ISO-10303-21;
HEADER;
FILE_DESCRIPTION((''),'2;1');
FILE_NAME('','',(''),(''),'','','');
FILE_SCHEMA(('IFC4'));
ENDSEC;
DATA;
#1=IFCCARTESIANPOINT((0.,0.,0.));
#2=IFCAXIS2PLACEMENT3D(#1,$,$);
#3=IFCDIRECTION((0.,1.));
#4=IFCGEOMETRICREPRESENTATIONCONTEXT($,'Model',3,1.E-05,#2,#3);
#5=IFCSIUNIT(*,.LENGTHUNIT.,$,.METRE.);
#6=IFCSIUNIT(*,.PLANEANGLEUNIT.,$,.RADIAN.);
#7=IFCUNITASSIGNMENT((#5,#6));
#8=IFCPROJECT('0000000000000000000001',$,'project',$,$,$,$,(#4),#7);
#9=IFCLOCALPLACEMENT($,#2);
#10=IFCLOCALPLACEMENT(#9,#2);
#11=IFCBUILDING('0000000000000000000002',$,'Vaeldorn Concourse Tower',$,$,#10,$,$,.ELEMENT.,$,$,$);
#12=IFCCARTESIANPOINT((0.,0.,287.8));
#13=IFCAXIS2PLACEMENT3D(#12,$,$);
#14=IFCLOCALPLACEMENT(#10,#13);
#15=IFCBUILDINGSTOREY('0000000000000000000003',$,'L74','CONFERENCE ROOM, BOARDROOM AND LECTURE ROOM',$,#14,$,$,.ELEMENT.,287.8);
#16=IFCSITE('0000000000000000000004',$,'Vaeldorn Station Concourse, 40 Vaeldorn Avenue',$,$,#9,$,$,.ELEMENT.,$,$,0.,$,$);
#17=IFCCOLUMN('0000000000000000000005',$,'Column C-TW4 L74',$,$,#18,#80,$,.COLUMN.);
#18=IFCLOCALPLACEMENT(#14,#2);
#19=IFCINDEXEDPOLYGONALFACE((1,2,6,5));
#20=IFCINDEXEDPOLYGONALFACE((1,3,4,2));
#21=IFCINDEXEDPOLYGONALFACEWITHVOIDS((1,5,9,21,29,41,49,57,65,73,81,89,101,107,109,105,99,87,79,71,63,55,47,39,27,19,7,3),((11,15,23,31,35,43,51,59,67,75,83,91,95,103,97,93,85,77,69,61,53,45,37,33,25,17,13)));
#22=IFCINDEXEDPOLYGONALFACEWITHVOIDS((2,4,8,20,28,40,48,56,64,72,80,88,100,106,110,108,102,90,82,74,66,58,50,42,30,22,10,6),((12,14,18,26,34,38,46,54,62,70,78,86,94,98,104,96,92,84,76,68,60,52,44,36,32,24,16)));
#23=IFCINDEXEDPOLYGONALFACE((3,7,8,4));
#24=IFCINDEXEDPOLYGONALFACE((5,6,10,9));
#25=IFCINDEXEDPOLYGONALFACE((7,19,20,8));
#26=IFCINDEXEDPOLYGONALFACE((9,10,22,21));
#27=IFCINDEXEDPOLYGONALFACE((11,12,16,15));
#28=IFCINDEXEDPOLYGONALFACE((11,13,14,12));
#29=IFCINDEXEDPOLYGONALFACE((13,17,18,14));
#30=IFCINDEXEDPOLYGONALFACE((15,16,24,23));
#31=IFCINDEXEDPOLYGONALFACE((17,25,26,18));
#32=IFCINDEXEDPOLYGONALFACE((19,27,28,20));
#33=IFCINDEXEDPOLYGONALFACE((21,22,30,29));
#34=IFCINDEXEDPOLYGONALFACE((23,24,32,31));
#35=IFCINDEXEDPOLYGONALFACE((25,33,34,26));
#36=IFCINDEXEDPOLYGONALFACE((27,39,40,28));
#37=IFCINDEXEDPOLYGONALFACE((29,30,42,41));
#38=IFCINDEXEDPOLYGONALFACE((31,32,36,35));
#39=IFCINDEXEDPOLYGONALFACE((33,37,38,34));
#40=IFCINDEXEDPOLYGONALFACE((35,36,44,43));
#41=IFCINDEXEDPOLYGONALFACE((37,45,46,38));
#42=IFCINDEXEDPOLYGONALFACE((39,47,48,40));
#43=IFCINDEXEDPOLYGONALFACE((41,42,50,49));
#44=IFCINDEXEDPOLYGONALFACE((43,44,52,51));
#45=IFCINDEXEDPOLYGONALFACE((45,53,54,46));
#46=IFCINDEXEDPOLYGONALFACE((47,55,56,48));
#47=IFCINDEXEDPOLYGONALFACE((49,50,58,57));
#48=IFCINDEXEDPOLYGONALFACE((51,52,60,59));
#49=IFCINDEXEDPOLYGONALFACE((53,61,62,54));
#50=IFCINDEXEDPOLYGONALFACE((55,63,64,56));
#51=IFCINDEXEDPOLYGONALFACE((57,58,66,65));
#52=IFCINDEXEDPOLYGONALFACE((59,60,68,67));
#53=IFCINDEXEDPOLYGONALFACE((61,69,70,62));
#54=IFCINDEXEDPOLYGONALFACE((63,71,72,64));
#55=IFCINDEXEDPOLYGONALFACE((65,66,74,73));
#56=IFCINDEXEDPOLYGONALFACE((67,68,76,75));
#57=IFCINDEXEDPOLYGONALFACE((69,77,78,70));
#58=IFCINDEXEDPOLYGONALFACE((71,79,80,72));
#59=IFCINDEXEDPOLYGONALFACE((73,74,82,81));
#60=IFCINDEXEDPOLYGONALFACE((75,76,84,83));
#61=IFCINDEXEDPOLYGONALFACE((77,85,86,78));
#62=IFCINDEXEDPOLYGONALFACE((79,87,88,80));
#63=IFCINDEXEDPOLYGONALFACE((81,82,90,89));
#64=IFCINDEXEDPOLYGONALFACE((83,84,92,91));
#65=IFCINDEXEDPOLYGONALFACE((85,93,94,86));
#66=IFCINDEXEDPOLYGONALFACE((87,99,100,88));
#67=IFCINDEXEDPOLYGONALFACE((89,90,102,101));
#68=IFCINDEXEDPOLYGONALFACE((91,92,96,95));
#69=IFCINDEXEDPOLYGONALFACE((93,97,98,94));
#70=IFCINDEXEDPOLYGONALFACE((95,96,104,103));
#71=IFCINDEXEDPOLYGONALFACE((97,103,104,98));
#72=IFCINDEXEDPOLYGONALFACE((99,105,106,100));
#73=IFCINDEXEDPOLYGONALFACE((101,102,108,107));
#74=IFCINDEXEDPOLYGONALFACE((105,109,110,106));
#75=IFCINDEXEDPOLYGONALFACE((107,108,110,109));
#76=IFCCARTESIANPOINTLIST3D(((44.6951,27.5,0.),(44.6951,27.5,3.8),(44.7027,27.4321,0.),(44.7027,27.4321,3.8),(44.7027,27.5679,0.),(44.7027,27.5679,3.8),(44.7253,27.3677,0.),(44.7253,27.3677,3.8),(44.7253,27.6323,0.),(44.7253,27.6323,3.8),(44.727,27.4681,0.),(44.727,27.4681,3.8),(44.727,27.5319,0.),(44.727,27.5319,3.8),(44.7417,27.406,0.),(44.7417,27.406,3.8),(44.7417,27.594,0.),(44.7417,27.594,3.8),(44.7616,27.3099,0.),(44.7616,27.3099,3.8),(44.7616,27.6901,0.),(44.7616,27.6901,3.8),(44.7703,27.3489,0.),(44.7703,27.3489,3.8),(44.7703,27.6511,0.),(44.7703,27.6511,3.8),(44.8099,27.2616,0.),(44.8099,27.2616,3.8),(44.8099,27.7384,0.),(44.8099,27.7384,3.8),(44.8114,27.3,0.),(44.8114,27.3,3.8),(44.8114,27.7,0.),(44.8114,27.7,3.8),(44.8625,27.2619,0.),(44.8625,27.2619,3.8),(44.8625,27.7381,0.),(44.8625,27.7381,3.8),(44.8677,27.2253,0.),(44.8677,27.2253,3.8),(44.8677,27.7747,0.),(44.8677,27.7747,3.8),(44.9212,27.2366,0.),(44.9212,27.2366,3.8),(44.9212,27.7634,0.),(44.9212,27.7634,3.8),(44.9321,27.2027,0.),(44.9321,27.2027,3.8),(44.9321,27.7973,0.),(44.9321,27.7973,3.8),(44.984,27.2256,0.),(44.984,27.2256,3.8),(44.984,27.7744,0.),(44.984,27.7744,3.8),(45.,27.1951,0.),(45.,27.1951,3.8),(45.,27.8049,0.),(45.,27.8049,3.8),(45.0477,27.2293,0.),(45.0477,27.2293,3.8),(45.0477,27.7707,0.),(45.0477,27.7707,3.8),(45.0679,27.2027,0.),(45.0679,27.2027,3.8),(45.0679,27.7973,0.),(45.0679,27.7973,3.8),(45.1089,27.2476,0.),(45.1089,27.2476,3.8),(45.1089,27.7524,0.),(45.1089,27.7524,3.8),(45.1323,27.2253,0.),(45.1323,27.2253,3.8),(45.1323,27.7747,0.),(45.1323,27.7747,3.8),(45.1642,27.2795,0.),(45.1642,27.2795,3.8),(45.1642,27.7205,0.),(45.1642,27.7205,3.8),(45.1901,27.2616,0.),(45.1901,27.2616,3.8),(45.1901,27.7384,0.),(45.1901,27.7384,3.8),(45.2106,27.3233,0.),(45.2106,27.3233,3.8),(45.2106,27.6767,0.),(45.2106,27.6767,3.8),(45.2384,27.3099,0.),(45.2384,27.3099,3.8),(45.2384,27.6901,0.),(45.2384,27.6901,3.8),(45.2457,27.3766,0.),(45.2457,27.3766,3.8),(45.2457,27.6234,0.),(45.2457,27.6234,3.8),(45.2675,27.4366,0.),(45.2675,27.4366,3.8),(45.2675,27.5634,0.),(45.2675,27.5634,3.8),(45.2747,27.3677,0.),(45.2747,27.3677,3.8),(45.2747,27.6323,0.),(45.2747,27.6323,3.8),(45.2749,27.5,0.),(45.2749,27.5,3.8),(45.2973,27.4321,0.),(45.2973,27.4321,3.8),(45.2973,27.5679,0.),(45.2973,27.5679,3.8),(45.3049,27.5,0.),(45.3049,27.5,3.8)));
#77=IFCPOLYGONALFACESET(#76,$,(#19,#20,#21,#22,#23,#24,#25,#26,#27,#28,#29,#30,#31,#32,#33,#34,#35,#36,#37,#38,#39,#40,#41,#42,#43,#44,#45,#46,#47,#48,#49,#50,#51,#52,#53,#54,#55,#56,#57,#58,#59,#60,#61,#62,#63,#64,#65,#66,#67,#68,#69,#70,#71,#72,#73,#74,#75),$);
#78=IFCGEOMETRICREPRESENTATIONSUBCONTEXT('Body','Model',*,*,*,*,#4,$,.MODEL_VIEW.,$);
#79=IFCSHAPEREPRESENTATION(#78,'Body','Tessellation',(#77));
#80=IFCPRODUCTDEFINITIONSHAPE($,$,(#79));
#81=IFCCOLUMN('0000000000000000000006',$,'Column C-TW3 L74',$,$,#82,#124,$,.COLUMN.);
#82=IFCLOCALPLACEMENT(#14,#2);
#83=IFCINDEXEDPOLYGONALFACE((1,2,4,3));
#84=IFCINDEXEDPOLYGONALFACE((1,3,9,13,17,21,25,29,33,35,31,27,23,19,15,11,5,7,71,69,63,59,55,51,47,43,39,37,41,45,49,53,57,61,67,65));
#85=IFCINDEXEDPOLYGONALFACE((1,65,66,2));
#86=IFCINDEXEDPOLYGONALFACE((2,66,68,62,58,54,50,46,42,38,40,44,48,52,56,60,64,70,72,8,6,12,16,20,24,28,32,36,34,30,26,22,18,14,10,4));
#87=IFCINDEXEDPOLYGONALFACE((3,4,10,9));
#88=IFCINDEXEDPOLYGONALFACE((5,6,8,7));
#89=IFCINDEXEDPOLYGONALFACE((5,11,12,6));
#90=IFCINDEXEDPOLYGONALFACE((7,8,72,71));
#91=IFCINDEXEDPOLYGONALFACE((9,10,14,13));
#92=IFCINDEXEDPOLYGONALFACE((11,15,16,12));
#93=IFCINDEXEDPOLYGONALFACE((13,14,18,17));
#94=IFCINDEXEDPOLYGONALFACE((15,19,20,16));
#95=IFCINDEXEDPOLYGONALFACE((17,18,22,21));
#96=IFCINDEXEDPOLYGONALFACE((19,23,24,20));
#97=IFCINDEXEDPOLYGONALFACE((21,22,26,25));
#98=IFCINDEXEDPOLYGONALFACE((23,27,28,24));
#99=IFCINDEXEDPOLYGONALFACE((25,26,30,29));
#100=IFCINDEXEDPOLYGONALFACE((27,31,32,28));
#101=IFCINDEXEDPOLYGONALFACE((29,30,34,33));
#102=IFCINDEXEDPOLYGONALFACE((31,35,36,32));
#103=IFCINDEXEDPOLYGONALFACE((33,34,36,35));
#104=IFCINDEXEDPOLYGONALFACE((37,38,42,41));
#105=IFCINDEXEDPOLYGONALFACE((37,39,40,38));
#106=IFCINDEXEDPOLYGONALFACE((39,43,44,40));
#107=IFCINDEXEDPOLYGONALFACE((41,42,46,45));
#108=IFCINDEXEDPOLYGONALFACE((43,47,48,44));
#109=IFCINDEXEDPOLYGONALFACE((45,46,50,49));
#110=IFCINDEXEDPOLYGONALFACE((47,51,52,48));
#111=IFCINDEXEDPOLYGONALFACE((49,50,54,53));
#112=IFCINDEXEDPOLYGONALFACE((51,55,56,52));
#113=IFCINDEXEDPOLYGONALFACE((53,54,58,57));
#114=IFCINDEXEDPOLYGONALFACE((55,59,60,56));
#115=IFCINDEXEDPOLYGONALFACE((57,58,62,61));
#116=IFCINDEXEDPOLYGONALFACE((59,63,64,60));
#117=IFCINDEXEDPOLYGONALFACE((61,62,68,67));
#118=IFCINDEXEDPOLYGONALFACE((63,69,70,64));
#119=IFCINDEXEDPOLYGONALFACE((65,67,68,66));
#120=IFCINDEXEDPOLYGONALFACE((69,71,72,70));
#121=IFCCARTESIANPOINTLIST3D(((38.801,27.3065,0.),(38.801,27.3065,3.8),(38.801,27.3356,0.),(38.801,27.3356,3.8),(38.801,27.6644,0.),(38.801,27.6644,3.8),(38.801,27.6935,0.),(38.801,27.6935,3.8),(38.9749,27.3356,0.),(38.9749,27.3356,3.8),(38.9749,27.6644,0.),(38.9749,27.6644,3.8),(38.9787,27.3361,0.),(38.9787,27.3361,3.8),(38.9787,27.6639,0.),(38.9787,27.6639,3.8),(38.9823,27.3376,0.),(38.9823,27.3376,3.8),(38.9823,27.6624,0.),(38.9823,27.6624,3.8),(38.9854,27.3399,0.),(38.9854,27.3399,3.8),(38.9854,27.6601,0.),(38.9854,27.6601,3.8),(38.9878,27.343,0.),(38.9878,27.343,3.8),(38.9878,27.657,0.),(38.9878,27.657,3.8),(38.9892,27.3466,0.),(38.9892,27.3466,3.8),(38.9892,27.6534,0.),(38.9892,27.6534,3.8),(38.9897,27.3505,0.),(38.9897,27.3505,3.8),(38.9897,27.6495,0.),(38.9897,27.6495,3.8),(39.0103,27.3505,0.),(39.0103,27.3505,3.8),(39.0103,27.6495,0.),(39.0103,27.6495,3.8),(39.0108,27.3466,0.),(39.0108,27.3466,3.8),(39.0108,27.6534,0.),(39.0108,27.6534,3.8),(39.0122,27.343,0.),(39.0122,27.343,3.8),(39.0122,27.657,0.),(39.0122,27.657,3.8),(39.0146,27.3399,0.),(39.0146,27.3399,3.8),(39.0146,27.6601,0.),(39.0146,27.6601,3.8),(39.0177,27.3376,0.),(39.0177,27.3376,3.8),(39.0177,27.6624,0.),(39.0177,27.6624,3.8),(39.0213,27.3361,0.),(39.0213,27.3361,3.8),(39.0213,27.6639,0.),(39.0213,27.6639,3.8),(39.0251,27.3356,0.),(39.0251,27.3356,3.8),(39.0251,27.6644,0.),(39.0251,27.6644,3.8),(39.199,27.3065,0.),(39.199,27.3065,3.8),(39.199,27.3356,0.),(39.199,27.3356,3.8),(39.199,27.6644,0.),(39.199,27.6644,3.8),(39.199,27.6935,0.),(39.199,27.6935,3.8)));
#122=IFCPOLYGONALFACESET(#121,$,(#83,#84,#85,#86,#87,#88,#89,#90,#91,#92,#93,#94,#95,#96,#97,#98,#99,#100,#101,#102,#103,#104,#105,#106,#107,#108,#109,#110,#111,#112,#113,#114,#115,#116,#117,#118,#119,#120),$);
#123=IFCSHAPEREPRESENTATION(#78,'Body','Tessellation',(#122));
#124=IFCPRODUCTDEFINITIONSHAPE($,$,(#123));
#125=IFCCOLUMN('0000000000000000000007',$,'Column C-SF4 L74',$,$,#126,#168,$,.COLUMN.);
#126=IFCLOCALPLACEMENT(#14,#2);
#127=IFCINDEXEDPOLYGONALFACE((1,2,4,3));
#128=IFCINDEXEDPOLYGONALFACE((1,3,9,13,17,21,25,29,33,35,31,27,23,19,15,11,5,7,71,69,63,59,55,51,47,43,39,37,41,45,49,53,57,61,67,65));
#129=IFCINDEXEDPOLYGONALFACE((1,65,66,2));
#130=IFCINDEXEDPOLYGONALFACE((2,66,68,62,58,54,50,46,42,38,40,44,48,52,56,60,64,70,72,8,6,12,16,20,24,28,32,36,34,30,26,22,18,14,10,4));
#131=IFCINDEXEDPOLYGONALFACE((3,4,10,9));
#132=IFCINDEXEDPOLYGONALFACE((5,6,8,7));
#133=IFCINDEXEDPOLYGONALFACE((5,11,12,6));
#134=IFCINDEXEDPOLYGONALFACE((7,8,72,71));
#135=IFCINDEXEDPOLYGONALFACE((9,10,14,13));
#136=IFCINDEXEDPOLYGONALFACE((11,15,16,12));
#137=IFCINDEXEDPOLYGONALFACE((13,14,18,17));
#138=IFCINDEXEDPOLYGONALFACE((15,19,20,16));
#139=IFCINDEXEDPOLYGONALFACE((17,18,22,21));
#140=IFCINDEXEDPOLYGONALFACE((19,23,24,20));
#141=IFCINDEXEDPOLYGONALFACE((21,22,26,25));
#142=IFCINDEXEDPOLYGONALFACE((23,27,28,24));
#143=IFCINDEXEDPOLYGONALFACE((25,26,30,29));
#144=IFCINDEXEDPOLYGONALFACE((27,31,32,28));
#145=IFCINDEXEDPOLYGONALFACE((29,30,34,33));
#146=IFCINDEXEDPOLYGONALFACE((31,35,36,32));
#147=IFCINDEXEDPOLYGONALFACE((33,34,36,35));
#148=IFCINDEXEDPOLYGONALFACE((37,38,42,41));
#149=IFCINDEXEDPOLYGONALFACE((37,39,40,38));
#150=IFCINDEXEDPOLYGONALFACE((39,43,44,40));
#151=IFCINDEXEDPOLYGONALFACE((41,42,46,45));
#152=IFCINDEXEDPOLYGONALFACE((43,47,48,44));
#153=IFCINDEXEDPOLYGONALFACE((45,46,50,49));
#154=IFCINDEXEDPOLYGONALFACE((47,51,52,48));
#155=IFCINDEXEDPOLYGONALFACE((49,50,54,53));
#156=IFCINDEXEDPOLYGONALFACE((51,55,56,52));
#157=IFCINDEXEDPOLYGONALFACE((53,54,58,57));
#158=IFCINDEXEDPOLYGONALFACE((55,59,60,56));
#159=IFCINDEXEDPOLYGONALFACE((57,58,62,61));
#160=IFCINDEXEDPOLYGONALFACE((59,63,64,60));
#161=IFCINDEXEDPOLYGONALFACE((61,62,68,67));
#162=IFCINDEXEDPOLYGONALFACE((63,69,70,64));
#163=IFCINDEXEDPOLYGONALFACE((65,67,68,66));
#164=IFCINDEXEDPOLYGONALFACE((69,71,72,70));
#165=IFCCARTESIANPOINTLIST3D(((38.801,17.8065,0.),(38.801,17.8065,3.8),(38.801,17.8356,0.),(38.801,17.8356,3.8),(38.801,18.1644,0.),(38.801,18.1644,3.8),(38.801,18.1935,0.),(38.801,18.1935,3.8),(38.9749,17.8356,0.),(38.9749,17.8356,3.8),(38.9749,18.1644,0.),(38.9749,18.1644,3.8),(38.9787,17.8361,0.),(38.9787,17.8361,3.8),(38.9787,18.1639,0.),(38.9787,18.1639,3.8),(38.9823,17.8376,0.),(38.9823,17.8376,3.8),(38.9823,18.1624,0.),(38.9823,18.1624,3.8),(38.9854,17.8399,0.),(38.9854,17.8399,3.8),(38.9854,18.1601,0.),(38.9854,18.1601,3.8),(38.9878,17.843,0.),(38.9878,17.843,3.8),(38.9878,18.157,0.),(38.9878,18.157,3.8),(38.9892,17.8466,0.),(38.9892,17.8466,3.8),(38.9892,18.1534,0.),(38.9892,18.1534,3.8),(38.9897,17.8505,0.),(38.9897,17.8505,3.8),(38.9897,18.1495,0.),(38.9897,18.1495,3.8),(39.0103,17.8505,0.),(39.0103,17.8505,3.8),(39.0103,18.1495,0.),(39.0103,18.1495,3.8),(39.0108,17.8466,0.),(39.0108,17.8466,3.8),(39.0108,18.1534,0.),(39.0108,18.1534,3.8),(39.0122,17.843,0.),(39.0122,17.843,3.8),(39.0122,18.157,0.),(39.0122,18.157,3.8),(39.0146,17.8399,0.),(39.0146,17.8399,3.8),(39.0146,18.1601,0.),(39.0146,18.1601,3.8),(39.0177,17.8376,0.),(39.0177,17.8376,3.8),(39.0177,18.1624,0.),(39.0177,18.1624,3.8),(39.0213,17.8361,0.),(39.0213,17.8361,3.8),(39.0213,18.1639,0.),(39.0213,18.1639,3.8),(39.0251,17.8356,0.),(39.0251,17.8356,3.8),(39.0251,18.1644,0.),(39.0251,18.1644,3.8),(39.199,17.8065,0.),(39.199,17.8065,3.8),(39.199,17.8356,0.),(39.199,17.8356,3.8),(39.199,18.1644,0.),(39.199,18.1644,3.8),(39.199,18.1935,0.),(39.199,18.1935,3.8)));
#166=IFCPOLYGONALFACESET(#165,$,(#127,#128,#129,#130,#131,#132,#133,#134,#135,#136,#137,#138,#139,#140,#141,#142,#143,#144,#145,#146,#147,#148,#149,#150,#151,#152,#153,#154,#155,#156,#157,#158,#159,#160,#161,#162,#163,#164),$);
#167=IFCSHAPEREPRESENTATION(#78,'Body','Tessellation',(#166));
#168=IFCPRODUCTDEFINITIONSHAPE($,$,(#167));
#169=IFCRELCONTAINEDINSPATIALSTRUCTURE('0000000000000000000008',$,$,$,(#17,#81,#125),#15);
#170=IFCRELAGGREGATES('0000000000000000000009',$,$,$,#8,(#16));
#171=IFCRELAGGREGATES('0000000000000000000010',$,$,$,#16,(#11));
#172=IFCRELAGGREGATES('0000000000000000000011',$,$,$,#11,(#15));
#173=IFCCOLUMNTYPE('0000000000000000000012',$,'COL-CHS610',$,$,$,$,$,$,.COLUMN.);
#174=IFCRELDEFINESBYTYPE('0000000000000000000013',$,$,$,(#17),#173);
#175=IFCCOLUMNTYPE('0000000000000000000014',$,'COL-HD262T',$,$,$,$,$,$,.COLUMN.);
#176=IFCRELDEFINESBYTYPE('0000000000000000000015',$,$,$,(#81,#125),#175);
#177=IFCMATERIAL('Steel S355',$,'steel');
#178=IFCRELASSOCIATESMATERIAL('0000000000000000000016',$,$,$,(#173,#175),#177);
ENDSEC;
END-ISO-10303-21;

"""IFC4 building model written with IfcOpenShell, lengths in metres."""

from ifc_helpers import new_model, si_unit, direction, frame, origin, origin_2d, place, context, subcontext, project, spatial, hollow_circle, i_section, extrude, source, transform, mapped, material, material_profile, profile_set, type_object, element, save


model = new_model("IFC4")

# Units and contexts
model_context = context("Model", 3, precision=1e-05, world=origin(), true_north=direction((0.0, 1.0)))
body_context = subcontext(model_context, "Body", "Model", "MODEL_VIEW")
ifc_project = project(units=[si_unit("LENGTHUNIT", "METRE"), si_unit("PLANEANGLEUNIT", "RADIAN")], contexts=[model_context])

# Site, building, storey
site_placement = place(None, origin())
site = spatial("IfcSite", under=ifc_project, at=site_placement, Name="Vaeldorn Station Concourse, 40 Vaeldorn Avenue", CompositionType="ELEMENT", RefElevation=0.0)
building_placement = place(site_placement, origin())
building = spatial("IfcBuilding", under=site, at=building_placement, Name="Vaeldorn Concourse Tower", CompositionType="ELEMENT")
storey_placement = place(building_placement, frame((0.0, 0.0, 287.8)))
storey = spatial("IfcBuildingStorey", under=building, at=storey_placement, Name="L74", Description="CONFERENCE ROOM, BOARDROOM AND LECTURE ROOM", CompositionType="ELEMENT", Elevation=287.8)

# Columns
ifc_material_1 = material(Name="Steel S355", Category="steel")
ifc_material_profile_1 = material_profile(ifc_material_1, hollow_circle(Radius=0.3049, WallThickness=0.03, at=origin_2d()), Name="CHS 610x30")
ifc_profile_set_1 = profile_set([ifc_material_profile_1], Name="Steel S355")
column_type_1 = type_object("IfcColumnType", Name="COL-CHS610", PredefinedType="COLUMN", material=ifc_profile_set_1)
shared_shape_1 = source(origin(), body_context, "Body", "SweptSolid", [
    extrude(hollow_circle(Radius=0.3049, WallThickness=0.03, at=origin_2d()), origin(), (0.0, 0.0, 1.0), 3.8),
])
column_placement = place(storey_placement, frame((45.0, 27.5, 0.0), z_axis=(0.0, 0.0, 1.0), x_axis=(1.0, 0.0, 0.0)))
element("IfcColumn", 1, at=column_placement, inside=storey, type_object=column_type_1, Name="Column C-TW4 L74", PredefinedType="COLUMN", context=body_context, shape_type="MappedRepresentation", body=[
    mapped(shared_shape_1, transform((0.0, 0.0, 0.0), scale=1.0)),
])
ifc_material_profile_2 = material_profile(ifc_material_1, i_section(OverallWidth=0.3979, OverallDepth=0.387, WebThickness=0.0205, FlangeThickness=0.0291, FilletRadius=0.0149, at=origin_2d()), Name="HD 400x262")
ifc_profile_set_2 = profile_set([ifc_material_profile_2], Name="Steel S355")
column_type_2 = type_object("IfcColumnType", Name="COL-HD262T", PredefinedType="COLUMN", material=ifc_profile_set_2)
shared_shape_2 = source(origin(), body_context, "Body", "SweptSolid", [
    extrude(i_section(OverallWidth=0.3979, OverallDepth=0.387, WebThickness=0.0205, FlangeThickness=0.0291, FilletRadius=0.0149, at=origin_2d()), origin(), (0.0, 0.0, 1.0), 3.8),
])
for number, where, z_axis, x_axis, name in (
    (2, (39.0, 27.5, 0.0), (0.0, 0.0, 1.0), (1.0, 0.0, 0.0), "Column C-TW3 L74"),
    (3, (39.0, 18.0, 0.0), (0.0, 0.0, 1.0), (1.0, 0.0, 0.0), "Column C-SF4 L74"),
):
    element("IfcColumn", number, at=place(storey_placement, frame(where, z_axis=z_axis, x_axis=x_axis)), inside=storey, type_object=column_type_2, Name=name, PredefinedType="COLUMN", context=body_context, shape_type="MappedRepresentation", body=[
        mapped(shared_shape_2, transform((0.0, 0.0, 0.0), scale=1.0)),
    ])

save(model, "model.ifc")
